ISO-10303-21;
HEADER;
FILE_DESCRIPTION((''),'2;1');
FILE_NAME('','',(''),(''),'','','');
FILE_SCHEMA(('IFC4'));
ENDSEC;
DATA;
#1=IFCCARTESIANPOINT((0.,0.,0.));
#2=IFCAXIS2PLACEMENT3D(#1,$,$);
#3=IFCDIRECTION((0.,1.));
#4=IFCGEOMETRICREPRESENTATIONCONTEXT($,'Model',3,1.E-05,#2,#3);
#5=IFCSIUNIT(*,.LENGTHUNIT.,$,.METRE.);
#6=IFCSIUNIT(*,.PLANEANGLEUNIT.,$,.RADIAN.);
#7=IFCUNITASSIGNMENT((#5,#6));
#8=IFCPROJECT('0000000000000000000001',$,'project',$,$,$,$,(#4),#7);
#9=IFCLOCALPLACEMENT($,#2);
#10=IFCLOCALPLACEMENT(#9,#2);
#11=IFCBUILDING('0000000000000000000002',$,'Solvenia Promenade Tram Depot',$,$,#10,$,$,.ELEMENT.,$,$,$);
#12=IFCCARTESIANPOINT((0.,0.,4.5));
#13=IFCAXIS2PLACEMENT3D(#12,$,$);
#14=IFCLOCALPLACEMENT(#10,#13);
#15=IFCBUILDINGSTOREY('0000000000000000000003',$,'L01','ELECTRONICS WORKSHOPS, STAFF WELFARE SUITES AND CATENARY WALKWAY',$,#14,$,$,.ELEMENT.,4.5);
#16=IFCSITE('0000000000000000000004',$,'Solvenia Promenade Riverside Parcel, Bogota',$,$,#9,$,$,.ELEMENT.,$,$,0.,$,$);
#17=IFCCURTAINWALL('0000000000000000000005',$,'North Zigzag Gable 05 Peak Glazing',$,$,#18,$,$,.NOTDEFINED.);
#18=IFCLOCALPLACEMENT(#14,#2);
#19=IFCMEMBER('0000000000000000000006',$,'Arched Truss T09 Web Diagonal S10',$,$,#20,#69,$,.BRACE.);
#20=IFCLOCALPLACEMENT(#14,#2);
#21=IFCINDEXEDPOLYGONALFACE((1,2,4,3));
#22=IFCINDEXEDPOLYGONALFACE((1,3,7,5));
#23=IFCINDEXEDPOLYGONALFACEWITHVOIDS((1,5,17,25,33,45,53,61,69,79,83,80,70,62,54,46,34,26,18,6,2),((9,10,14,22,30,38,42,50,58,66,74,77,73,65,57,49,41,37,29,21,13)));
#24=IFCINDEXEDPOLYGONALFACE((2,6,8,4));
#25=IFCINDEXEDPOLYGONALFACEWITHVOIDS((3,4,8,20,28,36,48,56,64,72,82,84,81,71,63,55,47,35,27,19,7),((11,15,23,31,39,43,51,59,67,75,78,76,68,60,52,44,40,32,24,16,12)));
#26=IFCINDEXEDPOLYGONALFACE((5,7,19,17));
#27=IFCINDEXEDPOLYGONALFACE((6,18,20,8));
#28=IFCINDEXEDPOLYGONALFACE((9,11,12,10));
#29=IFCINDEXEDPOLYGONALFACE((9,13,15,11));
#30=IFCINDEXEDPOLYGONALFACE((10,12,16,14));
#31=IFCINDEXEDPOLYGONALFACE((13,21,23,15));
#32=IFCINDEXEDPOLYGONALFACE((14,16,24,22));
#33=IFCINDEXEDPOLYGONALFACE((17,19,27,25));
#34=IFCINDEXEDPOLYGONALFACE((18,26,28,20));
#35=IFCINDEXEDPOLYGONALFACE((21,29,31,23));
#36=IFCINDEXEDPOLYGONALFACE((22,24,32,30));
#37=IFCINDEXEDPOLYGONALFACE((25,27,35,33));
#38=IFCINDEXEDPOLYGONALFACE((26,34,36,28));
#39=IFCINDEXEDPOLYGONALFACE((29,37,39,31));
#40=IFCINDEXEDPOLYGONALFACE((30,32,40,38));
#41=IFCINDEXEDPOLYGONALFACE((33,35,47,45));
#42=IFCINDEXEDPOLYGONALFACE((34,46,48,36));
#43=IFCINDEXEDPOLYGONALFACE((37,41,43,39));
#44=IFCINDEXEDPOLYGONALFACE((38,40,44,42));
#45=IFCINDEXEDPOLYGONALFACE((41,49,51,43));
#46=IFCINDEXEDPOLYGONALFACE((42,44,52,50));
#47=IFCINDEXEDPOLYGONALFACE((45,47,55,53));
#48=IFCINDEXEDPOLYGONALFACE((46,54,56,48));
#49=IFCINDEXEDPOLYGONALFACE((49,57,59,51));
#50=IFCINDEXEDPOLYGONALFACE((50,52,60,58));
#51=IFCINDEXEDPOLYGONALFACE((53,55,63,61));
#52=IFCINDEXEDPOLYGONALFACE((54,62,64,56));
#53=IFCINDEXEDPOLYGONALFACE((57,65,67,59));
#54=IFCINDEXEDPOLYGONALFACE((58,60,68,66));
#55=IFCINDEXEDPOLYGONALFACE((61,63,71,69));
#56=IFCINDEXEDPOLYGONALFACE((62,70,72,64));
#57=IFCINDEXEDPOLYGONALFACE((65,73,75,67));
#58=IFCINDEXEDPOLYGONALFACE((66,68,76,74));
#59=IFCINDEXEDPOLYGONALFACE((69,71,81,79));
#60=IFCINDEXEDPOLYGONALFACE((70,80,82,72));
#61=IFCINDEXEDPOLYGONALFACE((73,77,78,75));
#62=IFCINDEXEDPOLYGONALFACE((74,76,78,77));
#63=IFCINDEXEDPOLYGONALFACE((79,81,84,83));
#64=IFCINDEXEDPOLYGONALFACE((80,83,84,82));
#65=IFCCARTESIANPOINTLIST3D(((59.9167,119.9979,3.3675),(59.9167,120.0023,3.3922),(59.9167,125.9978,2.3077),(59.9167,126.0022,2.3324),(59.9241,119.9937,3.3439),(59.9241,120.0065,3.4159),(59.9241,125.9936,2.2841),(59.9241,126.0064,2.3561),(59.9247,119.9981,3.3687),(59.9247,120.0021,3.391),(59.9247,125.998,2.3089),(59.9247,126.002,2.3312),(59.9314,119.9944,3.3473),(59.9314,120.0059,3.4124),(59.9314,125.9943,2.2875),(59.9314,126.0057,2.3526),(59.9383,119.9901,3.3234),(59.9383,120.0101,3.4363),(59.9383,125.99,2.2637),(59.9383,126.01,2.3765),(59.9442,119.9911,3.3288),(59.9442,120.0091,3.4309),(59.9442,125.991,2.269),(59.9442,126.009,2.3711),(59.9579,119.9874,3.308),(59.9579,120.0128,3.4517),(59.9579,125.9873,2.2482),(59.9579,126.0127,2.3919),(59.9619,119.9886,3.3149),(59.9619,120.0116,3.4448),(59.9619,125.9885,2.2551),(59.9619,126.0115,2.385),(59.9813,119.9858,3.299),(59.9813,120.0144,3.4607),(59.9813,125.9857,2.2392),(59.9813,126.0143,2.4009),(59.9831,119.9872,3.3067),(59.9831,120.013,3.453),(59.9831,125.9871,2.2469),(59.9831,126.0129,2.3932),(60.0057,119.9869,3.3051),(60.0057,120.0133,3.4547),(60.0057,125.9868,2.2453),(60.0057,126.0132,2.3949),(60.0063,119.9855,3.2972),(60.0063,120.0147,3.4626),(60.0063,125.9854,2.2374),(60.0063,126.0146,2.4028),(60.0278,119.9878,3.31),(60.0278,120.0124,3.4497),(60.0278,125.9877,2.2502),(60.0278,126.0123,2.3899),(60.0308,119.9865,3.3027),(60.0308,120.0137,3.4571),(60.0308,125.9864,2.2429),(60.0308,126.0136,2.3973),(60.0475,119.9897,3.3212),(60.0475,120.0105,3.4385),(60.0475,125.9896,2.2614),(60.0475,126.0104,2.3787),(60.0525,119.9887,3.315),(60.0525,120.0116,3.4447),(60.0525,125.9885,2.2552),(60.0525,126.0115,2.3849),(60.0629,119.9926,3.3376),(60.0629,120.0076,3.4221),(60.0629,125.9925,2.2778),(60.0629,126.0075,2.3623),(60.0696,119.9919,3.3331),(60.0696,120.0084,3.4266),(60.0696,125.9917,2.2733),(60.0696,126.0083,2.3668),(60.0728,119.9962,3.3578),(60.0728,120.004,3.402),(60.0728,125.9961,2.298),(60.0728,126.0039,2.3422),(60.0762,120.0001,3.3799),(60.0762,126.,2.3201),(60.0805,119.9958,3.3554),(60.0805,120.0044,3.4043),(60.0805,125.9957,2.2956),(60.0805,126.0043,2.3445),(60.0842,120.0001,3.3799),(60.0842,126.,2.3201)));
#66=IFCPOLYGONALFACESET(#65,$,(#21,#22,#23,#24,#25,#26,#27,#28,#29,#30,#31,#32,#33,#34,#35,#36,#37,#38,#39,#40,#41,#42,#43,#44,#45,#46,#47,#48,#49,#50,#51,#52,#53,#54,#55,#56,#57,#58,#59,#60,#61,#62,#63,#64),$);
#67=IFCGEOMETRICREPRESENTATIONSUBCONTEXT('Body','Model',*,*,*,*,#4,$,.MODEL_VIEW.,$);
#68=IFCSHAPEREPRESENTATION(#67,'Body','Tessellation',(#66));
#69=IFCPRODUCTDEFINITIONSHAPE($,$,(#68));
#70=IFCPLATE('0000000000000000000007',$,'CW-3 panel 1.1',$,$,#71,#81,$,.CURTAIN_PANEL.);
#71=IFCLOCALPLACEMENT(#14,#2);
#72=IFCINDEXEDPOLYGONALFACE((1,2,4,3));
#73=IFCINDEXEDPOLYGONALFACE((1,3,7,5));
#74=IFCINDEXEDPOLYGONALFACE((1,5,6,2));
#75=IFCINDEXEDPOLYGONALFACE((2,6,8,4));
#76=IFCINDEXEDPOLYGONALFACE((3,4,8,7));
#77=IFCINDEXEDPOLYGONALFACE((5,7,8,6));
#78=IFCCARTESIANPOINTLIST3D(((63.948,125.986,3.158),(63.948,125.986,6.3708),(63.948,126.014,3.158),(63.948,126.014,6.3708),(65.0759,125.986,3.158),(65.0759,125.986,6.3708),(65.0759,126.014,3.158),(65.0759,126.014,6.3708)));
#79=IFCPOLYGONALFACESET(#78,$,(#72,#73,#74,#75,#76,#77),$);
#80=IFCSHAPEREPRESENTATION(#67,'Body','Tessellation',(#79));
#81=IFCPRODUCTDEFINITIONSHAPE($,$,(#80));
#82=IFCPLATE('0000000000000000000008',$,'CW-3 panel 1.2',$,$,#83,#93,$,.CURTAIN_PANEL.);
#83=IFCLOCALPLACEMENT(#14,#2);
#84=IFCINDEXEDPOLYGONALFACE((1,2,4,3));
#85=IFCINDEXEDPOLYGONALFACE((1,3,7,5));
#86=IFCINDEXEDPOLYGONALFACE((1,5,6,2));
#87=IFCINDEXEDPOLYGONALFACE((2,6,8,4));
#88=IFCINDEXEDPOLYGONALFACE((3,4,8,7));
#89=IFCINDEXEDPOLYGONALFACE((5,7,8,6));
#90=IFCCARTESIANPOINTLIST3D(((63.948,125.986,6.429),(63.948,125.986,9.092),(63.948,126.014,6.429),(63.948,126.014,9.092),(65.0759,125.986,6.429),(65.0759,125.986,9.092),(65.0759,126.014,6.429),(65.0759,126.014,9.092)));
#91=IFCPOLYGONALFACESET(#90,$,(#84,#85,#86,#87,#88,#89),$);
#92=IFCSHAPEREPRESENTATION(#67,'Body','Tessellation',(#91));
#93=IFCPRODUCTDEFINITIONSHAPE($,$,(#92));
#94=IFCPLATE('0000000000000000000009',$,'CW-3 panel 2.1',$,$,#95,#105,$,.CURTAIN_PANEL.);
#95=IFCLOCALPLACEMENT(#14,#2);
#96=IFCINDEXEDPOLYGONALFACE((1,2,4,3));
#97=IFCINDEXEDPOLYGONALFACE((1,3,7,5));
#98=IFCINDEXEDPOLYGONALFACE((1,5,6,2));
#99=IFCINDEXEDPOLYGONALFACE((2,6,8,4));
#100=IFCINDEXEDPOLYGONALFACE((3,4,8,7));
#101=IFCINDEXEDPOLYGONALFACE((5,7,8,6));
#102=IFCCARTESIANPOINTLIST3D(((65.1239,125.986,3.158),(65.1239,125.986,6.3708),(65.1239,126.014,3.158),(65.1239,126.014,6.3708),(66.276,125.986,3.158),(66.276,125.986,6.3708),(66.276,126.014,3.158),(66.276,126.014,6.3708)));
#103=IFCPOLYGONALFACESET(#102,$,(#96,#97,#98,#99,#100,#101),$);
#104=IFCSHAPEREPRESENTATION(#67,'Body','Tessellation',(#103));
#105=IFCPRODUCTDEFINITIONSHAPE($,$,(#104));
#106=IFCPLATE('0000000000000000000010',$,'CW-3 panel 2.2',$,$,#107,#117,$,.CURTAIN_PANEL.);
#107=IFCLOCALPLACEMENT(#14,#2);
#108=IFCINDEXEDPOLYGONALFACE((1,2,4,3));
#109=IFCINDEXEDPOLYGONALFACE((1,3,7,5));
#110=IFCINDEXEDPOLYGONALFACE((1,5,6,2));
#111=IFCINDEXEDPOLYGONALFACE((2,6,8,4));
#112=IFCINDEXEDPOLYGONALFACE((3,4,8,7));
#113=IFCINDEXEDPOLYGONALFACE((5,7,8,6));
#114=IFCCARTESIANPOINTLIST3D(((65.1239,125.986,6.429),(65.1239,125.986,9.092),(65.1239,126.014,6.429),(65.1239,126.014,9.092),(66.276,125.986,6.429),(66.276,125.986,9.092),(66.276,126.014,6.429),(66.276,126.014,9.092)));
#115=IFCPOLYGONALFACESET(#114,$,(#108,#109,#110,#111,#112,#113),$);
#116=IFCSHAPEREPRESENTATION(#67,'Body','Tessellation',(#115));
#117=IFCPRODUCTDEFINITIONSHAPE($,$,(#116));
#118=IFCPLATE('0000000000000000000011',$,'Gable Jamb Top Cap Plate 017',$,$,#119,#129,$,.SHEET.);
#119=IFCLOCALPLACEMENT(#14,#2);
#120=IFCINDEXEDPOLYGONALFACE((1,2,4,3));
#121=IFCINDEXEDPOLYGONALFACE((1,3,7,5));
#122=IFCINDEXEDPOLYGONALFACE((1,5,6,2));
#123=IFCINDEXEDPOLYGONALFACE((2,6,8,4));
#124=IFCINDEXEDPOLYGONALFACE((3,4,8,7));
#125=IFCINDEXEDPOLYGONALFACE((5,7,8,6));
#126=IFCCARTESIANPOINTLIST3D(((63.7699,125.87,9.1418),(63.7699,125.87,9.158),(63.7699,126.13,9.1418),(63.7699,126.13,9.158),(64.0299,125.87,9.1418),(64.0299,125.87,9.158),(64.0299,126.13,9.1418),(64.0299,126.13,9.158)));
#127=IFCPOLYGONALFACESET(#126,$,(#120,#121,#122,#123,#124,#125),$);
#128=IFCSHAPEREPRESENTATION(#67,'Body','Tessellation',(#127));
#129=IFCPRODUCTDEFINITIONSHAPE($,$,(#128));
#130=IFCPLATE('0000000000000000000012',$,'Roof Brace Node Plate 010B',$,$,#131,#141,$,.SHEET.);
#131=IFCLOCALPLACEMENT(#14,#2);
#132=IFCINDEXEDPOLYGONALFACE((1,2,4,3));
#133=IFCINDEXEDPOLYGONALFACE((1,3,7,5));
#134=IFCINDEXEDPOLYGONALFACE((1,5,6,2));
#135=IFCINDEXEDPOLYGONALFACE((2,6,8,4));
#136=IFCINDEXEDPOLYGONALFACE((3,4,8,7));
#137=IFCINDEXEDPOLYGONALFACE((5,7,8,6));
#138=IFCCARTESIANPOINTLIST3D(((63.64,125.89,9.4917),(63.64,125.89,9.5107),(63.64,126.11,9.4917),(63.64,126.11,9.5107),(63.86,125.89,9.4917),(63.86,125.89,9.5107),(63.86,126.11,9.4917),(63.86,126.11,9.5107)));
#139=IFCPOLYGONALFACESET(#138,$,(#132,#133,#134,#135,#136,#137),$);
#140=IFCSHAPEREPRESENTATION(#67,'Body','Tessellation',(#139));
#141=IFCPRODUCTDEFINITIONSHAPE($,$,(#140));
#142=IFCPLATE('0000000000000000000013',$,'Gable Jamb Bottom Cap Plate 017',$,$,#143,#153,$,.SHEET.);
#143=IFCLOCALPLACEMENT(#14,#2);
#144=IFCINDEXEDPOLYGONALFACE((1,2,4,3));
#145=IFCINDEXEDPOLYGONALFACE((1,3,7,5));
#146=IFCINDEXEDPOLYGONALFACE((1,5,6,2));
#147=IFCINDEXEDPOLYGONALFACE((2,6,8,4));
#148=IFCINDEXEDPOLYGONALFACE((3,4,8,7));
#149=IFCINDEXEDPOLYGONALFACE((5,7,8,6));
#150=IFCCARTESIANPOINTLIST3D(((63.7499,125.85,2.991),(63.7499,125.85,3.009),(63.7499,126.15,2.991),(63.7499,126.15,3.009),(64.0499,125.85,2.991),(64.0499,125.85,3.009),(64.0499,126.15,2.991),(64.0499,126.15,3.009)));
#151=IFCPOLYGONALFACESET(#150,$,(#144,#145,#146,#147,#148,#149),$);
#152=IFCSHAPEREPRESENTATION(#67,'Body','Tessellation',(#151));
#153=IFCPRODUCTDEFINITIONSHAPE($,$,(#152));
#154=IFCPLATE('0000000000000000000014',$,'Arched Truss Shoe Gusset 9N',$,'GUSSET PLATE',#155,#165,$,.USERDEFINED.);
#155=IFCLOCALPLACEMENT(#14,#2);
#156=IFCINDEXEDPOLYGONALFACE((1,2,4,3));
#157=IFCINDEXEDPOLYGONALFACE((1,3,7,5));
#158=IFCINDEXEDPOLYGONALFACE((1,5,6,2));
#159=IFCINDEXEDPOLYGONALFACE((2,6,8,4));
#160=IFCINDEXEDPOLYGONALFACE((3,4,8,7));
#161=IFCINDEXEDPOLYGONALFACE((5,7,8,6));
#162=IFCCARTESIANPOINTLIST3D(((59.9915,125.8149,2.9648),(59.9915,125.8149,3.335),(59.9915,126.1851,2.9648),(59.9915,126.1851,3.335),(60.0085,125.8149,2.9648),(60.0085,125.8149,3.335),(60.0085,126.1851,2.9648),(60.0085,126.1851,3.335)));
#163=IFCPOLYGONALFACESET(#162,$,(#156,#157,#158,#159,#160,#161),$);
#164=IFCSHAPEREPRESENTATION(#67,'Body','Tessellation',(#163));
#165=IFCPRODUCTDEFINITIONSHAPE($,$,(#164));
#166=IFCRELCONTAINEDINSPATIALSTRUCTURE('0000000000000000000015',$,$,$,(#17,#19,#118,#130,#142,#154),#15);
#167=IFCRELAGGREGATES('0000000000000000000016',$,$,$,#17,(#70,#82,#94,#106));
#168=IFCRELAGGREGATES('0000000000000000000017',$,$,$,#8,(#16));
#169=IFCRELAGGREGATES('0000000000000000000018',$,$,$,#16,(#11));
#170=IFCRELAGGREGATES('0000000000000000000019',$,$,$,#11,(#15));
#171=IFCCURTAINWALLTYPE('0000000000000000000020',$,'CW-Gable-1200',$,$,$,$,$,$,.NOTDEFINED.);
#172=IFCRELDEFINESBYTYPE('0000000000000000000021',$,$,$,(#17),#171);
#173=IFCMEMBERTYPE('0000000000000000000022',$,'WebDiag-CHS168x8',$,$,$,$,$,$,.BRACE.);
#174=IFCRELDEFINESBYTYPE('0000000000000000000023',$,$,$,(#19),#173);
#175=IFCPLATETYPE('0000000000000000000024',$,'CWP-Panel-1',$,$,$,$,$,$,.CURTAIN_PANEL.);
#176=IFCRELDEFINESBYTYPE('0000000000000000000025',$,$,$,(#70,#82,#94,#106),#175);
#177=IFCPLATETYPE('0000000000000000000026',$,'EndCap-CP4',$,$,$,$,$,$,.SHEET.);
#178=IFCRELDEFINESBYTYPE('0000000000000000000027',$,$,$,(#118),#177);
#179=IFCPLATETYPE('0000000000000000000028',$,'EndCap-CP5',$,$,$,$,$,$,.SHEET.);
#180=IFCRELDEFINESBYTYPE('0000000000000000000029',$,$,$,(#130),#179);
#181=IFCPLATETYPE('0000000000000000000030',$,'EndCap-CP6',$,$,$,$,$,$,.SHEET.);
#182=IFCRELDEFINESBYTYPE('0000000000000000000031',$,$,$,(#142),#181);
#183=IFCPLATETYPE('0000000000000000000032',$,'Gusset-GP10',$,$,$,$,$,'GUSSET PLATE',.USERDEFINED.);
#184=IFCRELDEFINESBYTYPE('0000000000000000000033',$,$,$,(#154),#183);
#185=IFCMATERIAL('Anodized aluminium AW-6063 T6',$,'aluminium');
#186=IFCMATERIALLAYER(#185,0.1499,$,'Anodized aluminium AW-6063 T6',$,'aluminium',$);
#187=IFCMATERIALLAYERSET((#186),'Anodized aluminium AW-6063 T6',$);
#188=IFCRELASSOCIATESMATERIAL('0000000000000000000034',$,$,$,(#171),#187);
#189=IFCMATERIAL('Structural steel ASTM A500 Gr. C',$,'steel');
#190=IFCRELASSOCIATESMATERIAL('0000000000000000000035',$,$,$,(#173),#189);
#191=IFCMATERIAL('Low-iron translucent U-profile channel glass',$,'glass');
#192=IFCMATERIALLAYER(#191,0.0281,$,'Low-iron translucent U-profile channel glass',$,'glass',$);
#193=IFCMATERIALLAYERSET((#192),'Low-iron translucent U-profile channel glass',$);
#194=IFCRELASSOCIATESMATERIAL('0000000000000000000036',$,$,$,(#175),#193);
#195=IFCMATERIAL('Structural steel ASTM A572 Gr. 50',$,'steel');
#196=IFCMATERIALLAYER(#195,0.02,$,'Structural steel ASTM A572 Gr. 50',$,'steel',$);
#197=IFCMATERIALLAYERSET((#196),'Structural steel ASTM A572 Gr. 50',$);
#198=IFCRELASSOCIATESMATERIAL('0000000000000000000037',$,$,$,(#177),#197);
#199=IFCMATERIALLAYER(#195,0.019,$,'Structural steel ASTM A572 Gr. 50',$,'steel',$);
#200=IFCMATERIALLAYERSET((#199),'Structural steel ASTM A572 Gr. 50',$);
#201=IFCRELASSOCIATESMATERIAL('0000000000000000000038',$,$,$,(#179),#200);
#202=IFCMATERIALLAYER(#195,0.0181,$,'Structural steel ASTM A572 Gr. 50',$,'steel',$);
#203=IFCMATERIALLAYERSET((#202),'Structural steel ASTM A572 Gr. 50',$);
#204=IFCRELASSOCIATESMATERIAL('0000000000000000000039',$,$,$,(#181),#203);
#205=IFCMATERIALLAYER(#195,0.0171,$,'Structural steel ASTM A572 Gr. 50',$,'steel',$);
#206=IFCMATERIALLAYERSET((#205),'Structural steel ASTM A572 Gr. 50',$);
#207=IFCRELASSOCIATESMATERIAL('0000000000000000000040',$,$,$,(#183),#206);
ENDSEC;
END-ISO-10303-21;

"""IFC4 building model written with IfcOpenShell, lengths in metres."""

from ifc_helpers import new_model, si_unit, direction, frame, origin, origin_2d, place, context, subcontext, project, spatial, rectangle, hollow_circle, extrude, material, layer, layer_set, material_profile, profile_set, type_object, element, aggregate, save


model = new_model("IFC4")

# Units and contexts
model_context = context("Model", 3, precision=1e-05, world=origin(), true_north=direction((0.0, 1.0)))
body_context = subcontext(model_context, "Body", "Model", "MODEL_VIEW")
ifc_project = project(units=[si_unit("LENGTHUNIT", "METRE"), si_unit("PLANEANGLEUNIT", "RADIAN")], contexts=[model_context])

# Site, building, storey
site_placement = place(None, origin())
site = spatial("IfcSite", under=ifc_project, at=site_placement, Name="Solvenia Promenade Riverside Parcel, Bogota", CompositionType="ELEMENT", RefElevation=0.0)
building_placement = place(site_placement, origin())
building = spatial("IfcBuilding", under=site, at=building_placement, Name="Solvenia Promenade Tram Depot", CompositionType="ELEMENT")
storey_placement = place(building_placement, frame((0.0, 0.0, 4.5)))
storey = spatial("IfcBuildingStorey", under=building, at=storey_placement, Name="L01", Description="ELECTRONICS WORKSHOPS, STAFF WELFARE SUITES AND CATENARY WALKWAY", CompositionType="ELEMENT", Elevation=4.5)

# Curtain wall
ifc_material_1 = material(Name="Anodized aluminium AW-6063 T6", Category="aluminium")
ifc_layer_1 = layer(ifc_material_1, 0.1499, Name="Anodized aluminium AW-6063 T6", Category="aluminium")
ifc_layer_set_1 = layer_set([ifc_layer_1], Name="Anodized aluminium AW-6063 T6")
curtain_wall_type = type_object("IfcCurtainWallType", Name="CW-Gable-1200", PredefinedType="NOTDEFINED", material=ifc_layer_set_1)
curtain_wall_placement = place(storey_placement, origin())
curtain_wall = element("IfcCurtainWall", 1, at=curtain_wall_placement, inside=storey, type_object=curtain_wall_type, Name="North Zigzag Gable 05 Peak Glazing", PredefinedType="NOTDEFINED")

# Shared definitions
ifc_material_2 = material(Name="Structural steel ASTM A500 Gr. C", Category="steel")

# Member
ifc_material_profile_1 = material_profile(ifc_material_2, hollow_circle(Radius=0.0842, WallThickness=0.0081, at=origin_2d()), Name="CHS168.3x8", Category="steel")
ifc_profile_set_1 = profile_set([ifc_material_profile_1], Name="Structural steel ASTM A500 Gr. C")
member_type_1 = type_object("IfcMemberType", Name="WebDiag-CHS168x8", PredefinedType="BRACE", material=ifc_profile_set_1)
member_1_placement = place(storey_placement, frame((60.0, 126.0, 2.3201), z_axis=(0.0, -0.984756, 0.173943), x_axis=(1.0, 0.0, 0.0)))
element("IfcMember", 2, at=member_1_placement, inside=storey, type_object=member_type_1, Name="Arched Truss T09 Web Diagonal S10", PredefinedType="BRACE", context=body_context, shape_type="SweptSolid", body=[
    extrude(hollow_circle(Radius=0.0842, WallThickness=0.0081, at=origin_2d()), origin(), (0.0, 0.0, 1.0), 6.0928),
])

# Plates
ifc_material_3 = material(Name="Low-iron translucent U-profile channel glass", Category="glass")
ifc_layer_2 = layer(ifc_material_3, 0.0281, Name="Low-iron translucent U-profile channel glass", Category="glass")
ifc_layer_set_2 = layer_set([ifc_layer_2], Name="Low-iron translucent U-profile channel glass")
plate_type_1 = type_object("IfcPlateType", Name="CWP-Panel-1", PredefinedType="CURTAIN_PANEL", material=ifc_layer_set_2)
plate_1_placement = place(storey_placement, frame((64.512, 126.0, 3.158), z_axis=(0.0, 0.0, 1.0), x_axis=(1.0, 0.0, 0.0)))
plate_1 = element("IfcPlate", 3, at=plate_1_placement, type_object=plate_type_1, Name="CW-3 panel 1.1", PredefinedType="CURTAIN_PANEL", context=body_context, shape_type="SweptSolid", body=[
    extrude(rectangle(XDim=1.1279, YDim=0.0281, at=origin_2d()), origin(), (0.0, 0.0, 1.0), 3.2129),
])
plate_2_placement = place(storey_placement, frame((64.512, 126.0, 6.429), z_axis=(0.0, 0.0, 1.0), x_axis=(1.0, 0.0, 0.0)))
plate_2 = element("IfcPlate", 4, at=plate_2_placement, type_object=plate_type_1, Name="CW-3 panel 1.2", PredefinedType="CURTAIN_PANEL", context=body_context, shape_type="SweptSolid", body=[
    extrude(rectangle(XDim=1.1279, YDim=0.0281, at=origin_2d()), origin(), (0.0, 0.0, 1.0), 2.6631),
])
plate_3_placement = place(storey_placement, frame((65.7, 126.0, 3.158), z_axis=(0.0, 0.0, 1.0), x_axis=(1.0, 0.0, 0.0)))
plate_3 = element("IfcPlate", 5, at=plate_3_placement, type_object=plate_type_1, Name="CW-3 panel 2.1", PredefinedType="CURTAIN_PANEL", context=body_context, shape_type="SweptSolid", body=[
    extrude(rectangle(XDim=1.1521, YDim=0.0281, at=origin_2d()), origin(), (0.0, 0.0, 1.0), 3.2129),
])
plate_4_placement = place(storey_placement, frame((65.7, 126.0, 6.429), z_axis=(0.0, 0.0, 1.0), x_axis=(1.0, 0.0, 0.0)))
plate_4 = element("IfcPlate", 6, at=plate_4_placement, type_object=plate_type_1, Name="CW-3 panel 2.2", PredefinedType="CURTAIN_PANEL", context=body_context, shape_type="SweptSolid", body=[
    extrude(rectangle(XDim=1.1521, YDim=0.0281, at=origin_2d()), origin(), (0.0, 0.0, 1.0), 2.6631),
])
aggregate(curtain_wall, [plate_1, plate_2, plate_3, plate_4])

# Plates
ifc_material_4 = material(Name="Structural steel ASTM A572 Gr. 50", Category="steel")
ifc_layer_3 = layer(ifc_material_4, 0.02, Name="Structural steel ASTM A572 Gr. 50", Category="steel")
ifc_layer_set_3 = layer_set([ifc_layer_3], Name="Structural steel ASTM A572 Gr. 50")
plate_type_2 = type_object("IfcPlateType", Name="EndCap-CP4", PredefinedType="SHEET", material=ifc_layer_set_3)
plate_5_placement = place(storey_placement, frame((63.8999, 126.0, 9.1418), z_axis=(0.0, 0.0, 1.0), x_axis=(1.0, 0.0, 0.0)))
element("IfcPlate", 7, at=plate_5_placement, inside=storey, type_object=plate_type_2, Name="Gable Jamb Top Cap Plate 017", PredefinedType="SHEET", context=body_context, shape_type="SweptSolid", body=[
    extrude(rectangle(XDim=0.26, YDim=0.26, at=origin_2d()), origin(), (0.0, 0.0, 1.0), 0.0161),
])
ifc_layer_4 = layer(ifc_material_4, 0.019, Name="Structural steel ASTM A572 Gr. 50", Category="steel")
ifc_layer_set_4 = layer_set([ifc_layer_4], Name="Structural steel ASTM A572 Gr. 50")
plate_type_3 = type_object("IfcPlateType", Name="EndCap-CP5", PredefinedType="SHEET", material=ifc_layer_set_4)
plate_6_placement = place(storey_placement, frame((63.75, 126.0, 9.4917), z_axis=(0.0, 0.0, 1.0), x_axis=(1.0, 0.0, 0.0)))
element("IfcPlate", 8, at=plate_6_placement, inside=storey, type_object=plate_type_3, Name="Roof Brace Node Plate 010B", PredefinedType="SHEET", context=body_context, shape_type="SweptSolid", body=[
    extrude(rectangle(XDim=0.22, YDim=0.22, at=origin_2d()), origin(), (0.0, 0.0, 1.0), 0.019),
])
ifc_layer_5 = layer(ifc_material_4, 0.0181, Name="Structural steel ASTM A572 Gr. 50", Category="steel")
ifc_layer_set_5 = layer_set([ifc_layer_5], Name="Structural steel ASTM A572 Gr. 50")
plate_type_4 = type_object("IfcPlateType", Name="EndCap-CP6", PredefinedType="SHEET", material=ifc_layer_set_5)
plate_7_placement = place(storey_placement, frame((63.8999, 126.0, 2.991), z_axis=(0.0, 0.0, 1.0), x_axis=(1.0, 0.0, 0.0)))
element("IfcPlate", 9, at=plate_7_placement, inside=storey, type_object=plate_type_4, Name="Gable Jamb Bottom Cap Plate 017", PredefinedType="SHEET", context=body_context, shape_type="SweptSolid", body=[
    extrude(rectangle(XDim=0.3, YDim=0.3, at=origin_2d()), origin(), (0.0, 0.0, 1.0), 0.0181),
])
ifc_layer_6 = layer(ifc_material_4, 0.0171, Name="Structural steel ASTM A572 Gr. 50", Category="steel")
ifc_layer_set_6 = layer_set([ifc_layer_6], Name="Structural steel ASTM A572 Gr. 50")
plate_type_5 = type_object("IfcPlateType", Name="Gusset-GP10", ElementType="GUSSET PLATE", PredefinedType="USERDEFINED", material=ifc_layer_set_6)
plate_8_placement = place(storey_placement, frame((60.0, 126.0, 2.9648), z_axis=(0.0, 0.0, 1.0), x_axis=(1.0, 0.0, 0.0)))
element("IfcPlate", 10, at=plate_8_placement, inside=storey, type_object=plate_type_5, Name="Arched Truss Shoe Gusset 9N", ObjectType="GUSSET PLATE", PredefinedType="USERDEFINED", context=body_context, shape_type="SweptSolid", body=[
    extrude(rectangle(XDim=0.0171, YDim=0.3701, at=origin_2d()), origin(), (0.0, 0.0, 1.0), 0.3701),
])

save(model, "model.ifc")
